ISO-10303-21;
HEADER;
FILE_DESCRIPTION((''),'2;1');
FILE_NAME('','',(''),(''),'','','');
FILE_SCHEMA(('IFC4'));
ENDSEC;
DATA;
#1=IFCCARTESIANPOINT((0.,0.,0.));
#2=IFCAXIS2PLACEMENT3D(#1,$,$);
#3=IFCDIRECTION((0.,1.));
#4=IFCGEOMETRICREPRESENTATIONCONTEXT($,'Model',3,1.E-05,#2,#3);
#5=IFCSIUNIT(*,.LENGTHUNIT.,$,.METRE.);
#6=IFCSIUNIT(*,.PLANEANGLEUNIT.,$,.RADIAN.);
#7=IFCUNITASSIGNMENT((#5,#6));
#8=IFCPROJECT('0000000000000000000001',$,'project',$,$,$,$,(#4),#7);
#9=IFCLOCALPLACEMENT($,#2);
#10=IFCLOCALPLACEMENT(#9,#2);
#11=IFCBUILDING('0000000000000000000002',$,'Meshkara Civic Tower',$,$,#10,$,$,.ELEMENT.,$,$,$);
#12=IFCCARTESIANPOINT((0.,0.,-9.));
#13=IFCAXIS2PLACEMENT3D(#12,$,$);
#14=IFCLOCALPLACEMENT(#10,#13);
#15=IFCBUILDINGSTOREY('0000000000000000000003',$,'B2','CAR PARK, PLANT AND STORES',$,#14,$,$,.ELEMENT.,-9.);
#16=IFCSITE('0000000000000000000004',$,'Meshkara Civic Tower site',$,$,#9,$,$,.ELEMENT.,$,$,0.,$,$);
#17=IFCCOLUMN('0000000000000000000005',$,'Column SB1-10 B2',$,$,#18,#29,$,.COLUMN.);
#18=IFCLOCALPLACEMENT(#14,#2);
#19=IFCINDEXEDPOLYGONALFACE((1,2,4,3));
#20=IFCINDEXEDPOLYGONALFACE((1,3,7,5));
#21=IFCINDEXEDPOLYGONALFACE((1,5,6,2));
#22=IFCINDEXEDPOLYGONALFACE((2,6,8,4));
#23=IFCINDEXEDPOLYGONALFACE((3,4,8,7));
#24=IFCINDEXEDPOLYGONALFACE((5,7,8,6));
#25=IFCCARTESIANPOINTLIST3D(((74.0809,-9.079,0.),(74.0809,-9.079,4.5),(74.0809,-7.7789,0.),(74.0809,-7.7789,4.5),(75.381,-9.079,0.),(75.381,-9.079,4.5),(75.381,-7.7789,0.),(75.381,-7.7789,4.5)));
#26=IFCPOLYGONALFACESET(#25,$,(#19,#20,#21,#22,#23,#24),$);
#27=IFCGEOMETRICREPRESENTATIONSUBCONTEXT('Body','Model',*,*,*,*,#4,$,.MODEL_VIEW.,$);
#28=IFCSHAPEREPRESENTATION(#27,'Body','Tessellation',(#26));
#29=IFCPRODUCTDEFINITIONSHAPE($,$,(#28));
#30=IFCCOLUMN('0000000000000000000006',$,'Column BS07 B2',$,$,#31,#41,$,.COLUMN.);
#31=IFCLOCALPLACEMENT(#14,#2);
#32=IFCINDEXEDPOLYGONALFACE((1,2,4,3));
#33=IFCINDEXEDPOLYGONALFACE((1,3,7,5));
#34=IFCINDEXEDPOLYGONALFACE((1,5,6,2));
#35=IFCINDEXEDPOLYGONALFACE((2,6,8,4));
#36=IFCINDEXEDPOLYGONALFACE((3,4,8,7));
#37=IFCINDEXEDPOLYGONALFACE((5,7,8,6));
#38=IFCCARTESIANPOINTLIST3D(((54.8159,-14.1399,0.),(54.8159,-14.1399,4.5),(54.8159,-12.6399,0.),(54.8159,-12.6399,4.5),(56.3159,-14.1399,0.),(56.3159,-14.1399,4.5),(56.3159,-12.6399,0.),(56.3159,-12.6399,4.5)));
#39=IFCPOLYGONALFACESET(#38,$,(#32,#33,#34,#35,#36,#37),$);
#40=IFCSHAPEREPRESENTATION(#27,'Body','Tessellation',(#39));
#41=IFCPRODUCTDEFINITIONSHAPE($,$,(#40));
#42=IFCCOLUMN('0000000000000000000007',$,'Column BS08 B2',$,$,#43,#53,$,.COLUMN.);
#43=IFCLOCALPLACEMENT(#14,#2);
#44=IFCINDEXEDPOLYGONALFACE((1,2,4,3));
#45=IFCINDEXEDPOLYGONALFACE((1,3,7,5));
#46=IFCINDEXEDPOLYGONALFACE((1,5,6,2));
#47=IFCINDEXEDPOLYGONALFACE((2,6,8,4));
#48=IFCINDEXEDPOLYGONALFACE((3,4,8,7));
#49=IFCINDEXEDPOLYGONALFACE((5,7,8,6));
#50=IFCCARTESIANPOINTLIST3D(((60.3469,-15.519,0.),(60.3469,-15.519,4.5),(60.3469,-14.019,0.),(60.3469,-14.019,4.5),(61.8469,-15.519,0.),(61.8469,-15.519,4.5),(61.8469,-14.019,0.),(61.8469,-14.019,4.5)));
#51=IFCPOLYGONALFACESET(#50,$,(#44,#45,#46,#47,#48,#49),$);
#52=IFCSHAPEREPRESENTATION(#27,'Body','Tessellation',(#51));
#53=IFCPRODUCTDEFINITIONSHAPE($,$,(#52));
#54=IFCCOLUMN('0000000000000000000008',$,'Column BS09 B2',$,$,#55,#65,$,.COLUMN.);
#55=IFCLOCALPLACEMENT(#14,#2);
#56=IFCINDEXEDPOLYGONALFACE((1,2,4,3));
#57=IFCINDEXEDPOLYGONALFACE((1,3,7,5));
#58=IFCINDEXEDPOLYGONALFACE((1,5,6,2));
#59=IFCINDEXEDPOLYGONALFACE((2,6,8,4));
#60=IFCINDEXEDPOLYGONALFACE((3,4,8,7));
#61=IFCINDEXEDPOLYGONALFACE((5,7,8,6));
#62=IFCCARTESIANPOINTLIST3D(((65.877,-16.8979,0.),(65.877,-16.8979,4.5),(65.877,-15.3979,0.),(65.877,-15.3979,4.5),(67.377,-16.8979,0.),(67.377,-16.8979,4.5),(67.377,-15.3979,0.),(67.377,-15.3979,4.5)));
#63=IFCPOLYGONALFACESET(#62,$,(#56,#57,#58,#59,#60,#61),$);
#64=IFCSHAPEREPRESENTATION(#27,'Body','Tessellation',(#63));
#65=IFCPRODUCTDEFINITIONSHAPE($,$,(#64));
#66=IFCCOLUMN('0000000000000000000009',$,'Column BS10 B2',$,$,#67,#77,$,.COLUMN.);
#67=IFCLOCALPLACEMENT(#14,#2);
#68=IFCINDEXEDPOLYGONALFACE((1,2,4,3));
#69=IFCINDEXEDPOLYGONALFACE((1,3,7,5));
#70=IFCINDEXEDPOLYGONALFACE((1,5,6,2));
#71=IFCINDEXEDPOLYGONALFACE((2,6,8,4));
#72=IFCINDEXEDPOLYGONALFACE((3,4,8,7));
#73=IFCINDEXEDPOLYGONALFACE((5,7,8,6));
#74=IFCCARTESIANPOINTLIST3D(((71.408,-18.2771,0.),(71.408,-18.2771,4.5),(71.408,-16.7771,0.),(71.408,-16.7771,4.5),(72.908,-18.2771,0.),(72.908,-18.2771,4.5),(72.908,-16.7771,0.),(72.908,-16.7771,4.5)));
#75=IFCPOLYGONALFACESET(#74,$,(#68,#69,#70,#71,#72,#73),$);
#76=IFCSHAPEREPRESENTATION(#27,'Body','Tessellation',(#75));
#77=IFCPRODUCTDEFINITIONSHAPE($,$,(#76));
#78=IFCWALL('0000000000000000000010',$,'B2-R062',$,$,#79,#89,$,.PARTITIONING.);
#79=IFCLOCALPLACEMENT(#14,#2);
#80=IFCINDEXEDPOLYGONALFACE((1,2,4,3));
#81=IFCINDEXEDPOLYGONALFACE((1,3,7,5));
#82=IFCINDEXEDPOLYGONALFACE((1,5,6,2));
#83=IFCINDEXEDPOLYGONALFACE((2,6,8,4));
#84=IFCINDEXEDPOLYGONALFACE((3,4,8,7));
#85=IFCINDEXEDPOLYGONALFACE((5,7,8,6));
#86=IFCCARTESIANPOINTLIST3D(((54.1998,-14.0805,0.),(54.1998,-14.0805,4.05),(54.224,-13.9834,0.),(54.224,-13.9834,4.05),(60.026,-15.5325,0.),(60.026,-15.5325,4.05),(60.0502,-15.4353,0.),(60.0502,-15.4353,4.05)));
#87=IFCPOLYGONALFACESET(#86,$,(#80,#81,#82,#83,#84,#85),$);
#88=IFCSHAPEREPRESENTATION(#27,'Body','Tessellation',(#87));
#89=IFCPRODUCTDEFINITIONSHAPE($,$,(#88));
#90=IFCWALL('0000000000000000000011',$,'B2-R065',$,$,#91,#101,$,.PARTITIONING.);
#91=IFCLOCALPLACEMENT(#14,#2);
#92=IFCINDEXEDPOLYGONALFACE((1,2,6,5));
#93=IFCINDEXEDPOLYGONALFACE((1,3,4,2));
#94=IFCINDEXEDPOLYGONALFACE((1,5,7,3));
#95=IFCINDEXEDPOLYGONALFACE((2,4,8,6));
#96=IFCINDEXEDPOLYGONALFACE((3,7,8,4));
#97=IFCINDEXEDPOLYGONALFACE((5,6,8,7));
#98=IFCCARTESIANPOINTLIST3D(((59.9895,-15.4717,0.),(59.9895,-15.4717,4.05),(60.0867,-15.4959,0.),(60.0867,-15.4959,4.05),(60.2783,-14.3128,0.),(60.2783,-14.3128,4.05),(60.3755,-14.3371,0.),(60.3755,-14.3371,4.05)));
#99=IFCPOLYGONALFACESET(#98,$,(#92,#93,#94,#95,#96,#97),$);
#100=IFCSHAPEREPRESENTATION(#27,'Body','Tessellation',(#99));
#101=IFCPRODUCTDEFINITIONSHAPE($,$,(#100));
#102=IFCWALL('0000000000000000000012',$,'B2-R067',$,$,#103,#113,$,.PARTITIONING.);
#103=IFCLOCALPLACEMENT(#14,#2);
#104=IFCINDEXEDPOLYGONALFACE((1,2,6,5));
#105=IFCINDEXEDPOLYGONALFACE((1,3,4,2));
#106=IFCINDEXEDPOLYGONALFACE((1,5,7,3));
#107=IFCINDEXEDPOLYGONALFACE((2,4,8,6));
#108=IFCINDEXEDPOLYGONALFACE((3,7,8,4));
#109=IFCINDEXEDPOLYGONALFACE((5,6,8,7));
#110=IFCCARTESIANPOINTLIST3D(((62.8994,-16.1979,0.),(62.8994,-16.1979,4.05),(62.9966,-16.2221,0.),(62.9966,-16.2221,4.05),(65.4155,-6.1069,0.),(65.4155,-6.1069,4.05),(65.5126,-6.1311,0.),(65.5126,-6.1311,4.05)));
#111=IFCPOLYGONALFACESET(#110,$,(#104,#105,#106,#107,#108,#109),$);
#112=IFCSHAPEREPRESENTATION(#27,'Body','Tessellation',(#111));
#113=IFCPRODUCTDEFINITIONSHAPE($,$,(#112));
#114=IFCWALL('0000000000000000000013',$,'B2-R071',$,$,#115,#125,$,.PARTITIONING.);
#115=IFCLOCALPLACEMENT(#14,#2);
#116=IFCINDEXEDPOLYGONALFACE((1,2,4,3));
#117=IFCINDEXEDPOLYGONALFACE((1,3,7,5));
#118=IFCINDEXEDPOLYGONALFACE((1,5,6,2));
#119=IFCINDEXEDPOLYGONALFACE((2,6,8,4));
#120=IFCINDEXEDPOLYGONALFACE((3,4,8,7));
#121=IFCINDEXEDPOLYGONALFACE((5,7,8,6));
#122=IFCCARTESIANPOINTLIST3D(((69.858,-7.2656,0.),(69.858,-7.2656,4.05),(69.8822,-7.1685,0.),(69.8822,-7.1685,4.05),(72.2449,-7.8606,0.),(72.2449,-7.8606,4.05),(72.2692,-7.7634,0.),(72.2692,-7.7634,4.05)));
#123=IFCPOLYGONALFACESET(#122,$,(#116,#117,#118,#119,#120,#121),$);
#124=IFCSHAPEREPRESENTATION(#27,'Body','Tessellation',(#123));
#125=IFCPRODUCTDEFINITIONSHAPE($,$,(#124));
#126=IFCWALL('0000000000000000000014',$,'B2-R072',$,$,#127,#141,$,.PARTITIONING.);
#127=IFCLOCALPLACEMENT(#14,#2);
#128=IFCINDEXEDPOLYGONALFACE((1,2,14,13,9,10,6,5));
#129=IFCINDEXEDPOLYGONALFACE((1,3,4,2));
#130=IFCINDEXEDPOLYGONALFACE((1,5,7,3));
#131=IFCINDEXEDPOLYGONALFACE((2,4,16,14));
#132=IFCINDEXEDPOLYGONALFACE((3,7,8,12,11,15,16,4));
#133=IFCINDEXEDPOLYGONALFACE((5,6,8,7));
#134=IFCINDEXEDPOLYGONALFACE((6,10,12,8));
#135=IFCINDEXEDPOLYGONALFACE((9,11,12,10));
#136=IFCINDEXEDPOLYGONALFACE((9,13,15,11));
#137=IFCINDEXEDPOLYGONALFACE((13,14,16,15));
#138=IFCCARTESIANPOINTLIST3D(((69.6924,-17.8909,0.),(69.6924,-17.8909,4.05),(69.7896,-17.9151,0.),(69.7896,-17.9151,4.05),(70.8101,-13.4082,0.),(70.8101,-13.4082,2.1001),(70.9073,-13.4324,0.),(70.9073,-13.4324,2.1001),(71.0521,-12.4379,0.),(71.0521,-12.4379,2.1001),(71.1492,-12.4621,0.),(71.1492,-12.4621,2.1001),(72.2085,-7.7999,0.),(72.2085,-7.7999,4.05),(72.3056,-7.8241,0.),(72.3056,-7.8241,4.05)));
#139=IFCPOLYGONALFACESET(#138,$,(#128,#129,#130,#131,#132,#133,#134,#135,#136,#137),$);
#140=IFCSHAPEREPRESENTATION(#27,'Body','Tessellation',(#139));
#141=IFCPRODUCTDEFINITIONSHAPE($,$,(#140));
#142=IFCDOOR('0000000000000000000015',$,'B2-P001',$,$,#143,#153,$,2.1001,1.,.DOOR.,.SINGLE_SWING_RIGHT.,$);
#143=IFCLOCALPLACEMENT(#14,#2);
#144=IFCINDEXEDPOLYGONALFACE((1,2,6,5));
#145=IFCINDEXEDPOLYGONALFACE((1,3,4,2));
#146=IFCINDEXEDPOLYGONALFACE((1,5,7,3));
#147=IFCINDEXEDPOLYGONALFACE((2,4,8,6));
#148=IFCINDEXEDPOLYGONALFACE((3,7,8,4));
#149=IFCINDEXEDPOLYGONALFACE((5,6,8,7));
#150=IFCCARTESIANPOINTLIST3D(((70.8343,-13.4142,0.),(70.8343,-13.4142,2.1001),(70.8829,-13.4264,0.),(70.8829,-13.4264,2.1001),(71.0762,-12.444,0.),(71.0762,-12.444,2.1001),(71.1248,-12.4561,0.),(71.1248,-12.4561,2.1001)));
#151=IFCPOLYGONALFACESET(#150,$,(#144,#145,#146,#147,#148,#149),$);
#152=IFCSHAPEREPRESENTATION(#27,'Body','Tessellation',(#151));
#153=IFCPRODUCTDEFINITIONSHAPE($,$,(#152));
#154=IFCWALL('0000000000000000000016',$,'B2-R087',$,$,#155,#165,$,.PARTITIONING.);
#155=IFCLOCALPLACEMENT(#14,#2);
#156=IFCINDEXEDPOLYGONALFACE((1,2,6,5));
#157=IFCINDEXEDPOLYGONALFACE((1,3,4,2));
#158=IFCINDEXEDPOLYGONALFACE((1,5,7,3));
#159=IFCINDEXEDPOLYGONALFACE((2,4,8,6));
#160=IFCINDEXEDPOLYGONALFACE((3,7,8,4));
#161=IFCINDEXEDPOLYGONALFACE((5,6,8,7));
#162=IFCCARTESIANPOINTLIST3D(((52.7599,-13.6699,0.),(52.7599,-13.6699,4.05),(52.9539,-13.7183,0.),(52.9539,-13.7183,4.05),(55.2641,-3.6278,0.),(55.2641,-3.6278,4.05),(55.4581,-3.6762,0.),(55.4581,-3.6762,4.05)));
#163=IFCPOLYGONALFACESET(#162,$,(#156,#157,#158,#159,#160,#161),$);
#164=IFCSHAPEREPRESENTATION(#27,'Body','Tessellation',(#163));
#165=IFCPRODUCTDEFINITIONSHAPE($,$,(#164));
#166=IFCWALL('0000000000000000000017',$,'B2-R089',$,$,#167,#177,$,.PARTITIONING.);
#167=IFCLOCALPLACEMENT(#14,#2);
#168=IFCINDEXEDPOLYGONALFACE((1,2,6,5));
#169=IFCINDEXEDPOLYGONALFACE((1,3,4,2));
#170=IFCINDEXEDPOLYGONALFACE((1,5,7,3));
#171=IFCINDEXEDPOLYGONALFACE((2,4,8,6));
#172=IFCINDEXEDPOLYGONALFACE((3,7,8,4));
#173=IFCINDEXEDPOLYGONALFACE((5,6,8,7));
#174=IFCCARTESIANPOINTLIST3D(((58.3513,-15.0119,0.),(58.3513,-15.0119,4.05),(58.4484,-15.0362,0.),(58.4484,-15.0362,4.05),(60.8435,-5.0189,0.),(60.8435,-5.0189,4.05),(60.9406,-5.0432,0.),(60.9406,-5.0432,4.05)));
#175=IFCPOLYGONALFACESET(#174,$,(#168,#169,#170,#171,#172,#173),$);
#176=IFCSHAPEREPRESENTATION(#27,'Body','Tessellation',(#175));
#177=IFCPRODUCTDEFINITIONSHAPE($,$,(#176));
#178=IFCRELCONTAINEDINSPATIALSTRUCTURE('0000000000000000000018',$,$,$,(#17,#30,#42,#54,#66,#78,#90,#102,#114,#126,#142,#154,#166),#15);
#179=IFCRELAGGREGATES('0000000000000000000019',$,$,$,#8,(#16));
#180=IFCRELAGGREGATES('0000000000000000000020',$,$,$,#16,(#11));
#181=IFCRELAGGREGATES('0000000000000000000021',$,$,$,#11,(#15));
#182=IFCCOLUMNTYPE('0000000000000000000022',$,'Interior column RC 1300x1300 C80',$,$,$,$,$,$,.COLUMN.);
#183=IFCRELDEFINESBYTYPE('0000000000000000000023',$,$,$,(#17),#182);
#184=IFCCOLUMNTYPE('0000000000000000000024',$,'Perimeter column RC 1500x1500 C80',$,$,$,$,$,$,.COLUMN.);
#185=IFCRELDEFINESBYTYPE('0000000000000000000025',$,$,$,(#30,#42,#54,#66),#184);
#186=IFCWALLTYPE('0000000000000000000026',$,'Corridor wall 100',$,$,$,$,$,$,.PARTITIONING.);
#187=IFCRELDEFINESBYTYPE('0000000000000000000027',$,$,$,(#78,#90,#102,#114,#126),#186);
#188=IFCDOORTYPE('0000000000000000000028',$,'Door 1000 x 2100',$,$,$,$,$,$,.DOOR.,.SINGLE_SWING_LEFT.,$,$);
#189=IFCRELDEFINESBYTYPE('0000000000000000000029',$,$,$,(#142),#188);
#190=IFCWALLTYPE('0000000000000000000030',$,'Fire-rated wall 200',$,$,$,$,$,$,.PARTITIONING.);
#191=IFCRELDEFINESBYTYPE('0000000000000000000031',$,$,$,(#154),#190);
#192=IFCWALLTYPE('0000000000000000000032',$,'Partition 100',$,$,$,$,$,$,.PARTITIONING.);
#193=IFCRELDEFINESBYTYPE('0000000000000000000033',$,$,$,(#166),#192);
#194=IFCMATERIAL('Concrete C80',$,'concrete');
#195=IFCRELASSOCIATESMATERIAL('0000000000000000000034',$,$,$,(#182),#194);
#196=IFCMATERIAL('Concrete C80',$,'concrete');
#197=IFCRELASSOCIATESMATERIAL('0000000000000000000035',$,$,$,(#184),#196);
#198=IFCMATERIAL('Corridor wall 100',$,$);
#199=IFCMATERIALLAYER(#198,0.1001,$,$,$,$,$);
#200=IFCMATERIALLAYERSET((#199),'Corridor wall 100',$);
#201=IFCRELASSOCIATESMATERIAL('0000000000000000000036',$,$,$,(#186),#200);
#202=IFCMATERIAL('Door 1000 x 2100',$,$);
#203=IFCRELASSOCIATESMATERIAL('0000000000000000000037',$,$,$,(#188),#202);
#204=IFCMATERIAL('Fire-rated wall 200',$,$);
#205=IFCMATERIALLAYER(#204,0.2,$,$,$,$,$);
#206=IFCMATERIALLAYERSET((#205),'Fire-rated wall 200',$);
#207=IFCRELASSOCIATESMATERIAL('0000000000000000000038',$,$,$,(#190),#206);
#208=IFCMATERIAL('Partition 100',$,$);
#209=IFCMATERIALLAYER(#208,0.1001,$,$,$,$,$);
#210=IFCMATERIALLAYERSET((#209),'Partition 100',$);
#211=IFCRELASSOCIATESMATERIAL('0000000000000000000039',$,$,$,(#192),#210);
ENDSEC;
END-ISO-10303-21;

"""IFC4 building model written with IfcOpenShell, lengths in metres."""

from ifc_helpers import new_model, si_unit, direction, frame, frame_2d, origin, origin_2d, place, context, subcontext, project, spatial, rectangle, extrude, material, layer, layer_set, material_profile, profile_set, type_object, element, fill, save


model = new_model("IFC4")

# Units and contexts
model_context = context("Model", 3, precision=1e-05, world=origin(), true_north=direction((0.0, 1.0)))
body_context = subcontext(model_context, "Body", "Model", "MODEL_VIEW")
ifc_project = project(units=[si_unit("LENGTHUNIT", "METRE"), si_unit("PLANEANGLEUNIT", "RADIAN")], contexts=[model_context])

# Site, building, storey
site_placement = place(None, origin())
site = spatial("IfcSite", under=ifc_project, at=site_placement, Name="Meshkara Civic Tower site", CompositionType="ELEMENT", RefElevation=0.0)
building_placement = place(site_placement, origin())
building = spatial("IfcBuilding", under=site, at=building_placement, Name="Meshkara Civic Tower", CompositionType="ELEMENT")
storey_placement = place(building_placement, frame((0.0, 0.0, -9.0)))
storey = spatial("IfcBuildingStorey", under=building, at=storey_placement, Name="B2", Description="CAR PARK, PLANT AND STORES", CompositionType="ELEMENT", Elevation=-9.0)

# Columns
ifc_material_1 = material(Name="Concrete C80", Category="concrete")
ifc_material_profile_1 = material_profile(ifc_material_1, rectangle(XDim=1.3, YDim=1.3, at=origin_2d()))
ifc_profile_set_1 = profile_set([ifc_material_profile_1], Name="Concrete C80")
column_type_1 = type_object("IfcColumnType", Name="Interior column RC 1300x1300 C80", PredefinedType="COLUMN", material=ifc_profile_set_1)
column_placement = place(storey_placement, frame((74.731, -8.429, 0.0), z_axis=(0.0, 0.0, 1.0), x_axis=(1.0, 0.0, 0.0)))
element("IfcColumn", 1, at=column_placement, inside=storey, type_object=column_type_1, Name="Column SB1-10 B2", PredefinedType="COLUMN", context=body_context, shape_type="SweptSolid", body=[
    extrude(rectangle(XDim=1.3, YDim=1.3, at=origin_2d()), origin(), (0.0, 0.0, 1.0), 4.5),
])
ifc_material_2 = material(Name="Concrete C80", Category="concrete")
ifc_material_profile_2 = material_profile(ifc_material_2, rectangle(XDim=1.5, YDim=1.5, at=origin_2d()))
ifc_profile_set_2 = profile_set([ifc_material_profile_2], Name="Concrete C80")
column_type_2 = type_object("IfcColumnType", Name="Perimeter column RC 1500x1500 C80", PredefinedType="COLUMN", material=ifc_profile_set_2)
for number, where, z_axis, x_axis, name in (
    (2, (55.5659, -13.3899, 0.0), (0.0, 0.0, 1.0), (1.0, 0.0, 0.0), "Column BS07 B2"),
    (3, (61.0969, -14.769, 0.0), (0.0, 0.0, 1.0), (1.0, 0.0, 0.0), "Column BS08 B2"),
    (4, (66.627, -16.1479, 0.0), (0.0, 0.0, 1.0), (1.0, 0.0, 0.0), "Column BS09 B2"),
    (5, (72.158, -17.5271, 0.0), (0.0, 0.0, 1.0), (1.0, 0.0, 0.0), "Column BS10 B2"),
):
    element("IfcColumn", number, at=place(storey_placement, frame(where, z_axis=z_axis, x_axis=x_axis)), inside=storey, type_object=column_type_2, Name=name, PredefinedType="COLUMN", context=body_context, shape_type="SweptSolid", body=[
        extrude(rectangle(XDim=1.5, YDim=1.5, at=origin_2d()), origin(), (0.0, 0.0, 1.0), 4.5),
    ])

# Walls
ifc_material_3 = material(Name="Corridor wall 100")
ifc_layer_1 = layer(ifc_material_3, 0.1001)
ifc_layer_set_1 = layer_set([ifc_layer_1], Name="Corridor wall 100")
wall_type_1 = type_object("IfcWallType", Name="Corridor wall 100", PredefinedType="PARTITIONING", material=ifc_layer_set_1)
wall_1_placement = place(storey_placement, frame((54.2119, -14.032, 0.0), z_axis=(0.0, 0.0, 1.0), x_axis=(0.970324, -0.241808, 0.0)))
element("IfcWall", 6, at=wall_1_placement, inside=storey, type_object=wall_type_1, Name="B2-R062", PredefinedType="PARTITIONING", context=body_context, shape_type="SweptSolid", body=[
    extrude(rectangle(XDim=6.0044, YDim=0.1001, at=frame_2d((3.0022, 0.0))), origin(), (0.0, 0.0, 1.0), 4.05),
])
wall_2_placement = place(storey_placement, frame((60.3269, -14.325, 0.0), z_axis=(0.0, 0.0, 1.0), x_axis=(-0.241814, -0.970323, 0.0)))
element("IfcWall", 7, at=wall_2_placement, inside=storey, type_object=wall_type_1, Name="B2-R065", PredefinedType="PARTITIONING", context=body_context, shape_type="SweptSolid", body=[
    extrude(rectangle(XDim=1.1943, YDim=0.1001, at=frame_2d((0.5972, 0.0))), origin(), (0.0, 0.0, 1.0), 4.05),
])
wall_3_placement = place(storey_placement, frame((62.948, -16.21, 0.0), z_axis=(0.0, 0.0, 1.0), x_axis=(0.241934, 0.970293, 0.0)))
element("IfcWall", 8, at=wall_3_placement, inside=storey, type_object=wall_type_1, Name="B2-R067", PredefinedType="PARTITIONING", context=body_context, shape_type="SweptSolid", body=[
    extrude(rectangle(XDim=10.3999, YDim=0.1001, at=frame_2d((5.2, 0.0))), origin(), (0.0, 0.0, 1.0), 4.05),
])
wall_4_placement = place(storey_placement, frame((69.8701, -7.217, 0.0), z_axis=(0.0, 0.0, 1.0), x_axis=(0.970312, -0.241858, 0.0)))
element("IfcWall", 9, at=wall_4_placement, inside=storey, type_object=wall_type_1, Name="B2-R071", PredefinedType="PARTITIONING", context=body_context, shape_type="SweptSolid", body=[
    extrude(rectangle(XDim=2.46, YDim=0.1001, at=frame_2d((1.23, 0.0))), origin(), (0.0, 0.0, 1.0), 4.05),
])

# Wall, opening, door
wall_5_placement = place(storey_placement, frame((72.2571, -7.812, 0.0), z_axis=(0.0, 0.0, 1.0), x_axis=(-0.241934, -0.970293, 0.0)))
wall_5 = element("IfcWall", 10, at=wall_5_placement, inside=storey, type_object=wall_type_1, Name="B2-R072", PredefinedType="PARTITIONING", context=body_context, shape_type="SweptSolid", body=[
    extrude(rectangle(XDim=10.3999, YDim=0.1001, at=frame_2d((5.2, 0.0))), origin(), (0.0, 0.0, 1.0), 4.05),
])
opening_placement = place(wall_5_placement, frame((4.78, 0.0, 0.0)))
opening = element("IfcOpeningElement", 11, at=opening_placement, cuts=wall_5, PredefinedType="OPENING", context=body_context, shape_type="SweptSolid", body=[
    extrude(rectangle(XDim=1.0, YDim=2.1001, at=frame_2d((0.5, 1.05))), frame((0.0, 0.0601, 0.0), z_axis=(0.0, -1.0, 0.0), x_axis=(1.0, 0.0, 0.0)), (0.0, 0.0, 1.0), 0.1201),
])
ifc_material_4 = material(Name="Door 1000 x 2100")
door_type = type_object("IfcDoorType", Name="Door 1000 x 2100", OperationType="SINGLE_SWING_LEFT", PredefinedType="DOOR", material=ifc_material_4)
door_placement = place(opening_placement, origin())
door = element("IfcDoor", 12, at=door_placement, inside=storey, type_object=door_type, Name="B2-P001", OperationType="SINGLE_SWING_RIGHT", OverallHeight=2.1001, OverallWidth=1.0, PredefinedType="DOOR", context=body_context, shape_type="SweptSolid", body=[
    extrude(rectangle(XDim=1.0, YDim=2.1001, at=frame_2d((0.5, 1.05))), frame((0.0, 0.0249, 0.0), z_axis=(0.0, -1.0, 0.0), x_axis=(1.0, 0.0, 0.0)), (0.0, 0.0, 1.0), 0.05),
])
fill(opening, door)

# Walls
ifc_material_5 = material(Name="Fire-rated wall 200")
ifc_layer_2 = layer(ifc_material_5, 0.2)
ifc_layer_set_2 = layer_set([ifc_layer_2], Name="Fire-rated wall 200")
wall_type_2 = type_object("IfcWallType", Name="Fire-rated wall 200", PredefinedType="PARTITIONING", material=ifc_layer_set_2)
wall_6_placement = place(storey_placement, frame((52.8569, -13.6941, 0.0), z_axis=(0.0, 0.0, 1.0), x_axis=(0.241958, 0.970287, 0.0)))
element("IfcWall", 13, at=wall_6_placement, inside=storey, type_object=wall_type_2, Name="B2-R087", PredefinedType="PARTITIONING", context=body_context, shape_type="SweptSolid", body=[
    extrude(rectangle(XDim=10.3496, YDim=0.2, at=frame_2d((5.1748, 0.0))), origin(), (0.0, 0.0, 1.0), 4.05),
])
ifc_material_6 = material(Name="Partition 100")
ifc_layer_3 = layer(ifc_material_6, 0.1001)
ifc_layer_set_3 = layer_set([ifc_layer_3], Name="Partition 100")
wall_type_3 = type_object("IfcWallType", Name="Partition 100", PredefinedType="PARTITIONING", material=ifc_layer_set_3)
wall_7_placement = place(storey_placement, frame((58.3999, -15.0239, 0.0), z_axis=(0.0, 0.0, 1.0), x_axis=(0.241983, 0.97028, 0.0)))
element("IfcWall", 14, at=wall_7_placement, inside=storey, type_object=wall_type_3, Name="B2-R089", PredefinedType="PARTITIONING", context=body_context, shape_type="SweptSolid", body=[
    extrude(rectangle(XDim=10.2991, YDim=0.1001, at=frame_2d((5.1494, 0.0))), origin(), (0.0, 0.0, 1.0), 4.05),
])

save(model, "model.ifc")
